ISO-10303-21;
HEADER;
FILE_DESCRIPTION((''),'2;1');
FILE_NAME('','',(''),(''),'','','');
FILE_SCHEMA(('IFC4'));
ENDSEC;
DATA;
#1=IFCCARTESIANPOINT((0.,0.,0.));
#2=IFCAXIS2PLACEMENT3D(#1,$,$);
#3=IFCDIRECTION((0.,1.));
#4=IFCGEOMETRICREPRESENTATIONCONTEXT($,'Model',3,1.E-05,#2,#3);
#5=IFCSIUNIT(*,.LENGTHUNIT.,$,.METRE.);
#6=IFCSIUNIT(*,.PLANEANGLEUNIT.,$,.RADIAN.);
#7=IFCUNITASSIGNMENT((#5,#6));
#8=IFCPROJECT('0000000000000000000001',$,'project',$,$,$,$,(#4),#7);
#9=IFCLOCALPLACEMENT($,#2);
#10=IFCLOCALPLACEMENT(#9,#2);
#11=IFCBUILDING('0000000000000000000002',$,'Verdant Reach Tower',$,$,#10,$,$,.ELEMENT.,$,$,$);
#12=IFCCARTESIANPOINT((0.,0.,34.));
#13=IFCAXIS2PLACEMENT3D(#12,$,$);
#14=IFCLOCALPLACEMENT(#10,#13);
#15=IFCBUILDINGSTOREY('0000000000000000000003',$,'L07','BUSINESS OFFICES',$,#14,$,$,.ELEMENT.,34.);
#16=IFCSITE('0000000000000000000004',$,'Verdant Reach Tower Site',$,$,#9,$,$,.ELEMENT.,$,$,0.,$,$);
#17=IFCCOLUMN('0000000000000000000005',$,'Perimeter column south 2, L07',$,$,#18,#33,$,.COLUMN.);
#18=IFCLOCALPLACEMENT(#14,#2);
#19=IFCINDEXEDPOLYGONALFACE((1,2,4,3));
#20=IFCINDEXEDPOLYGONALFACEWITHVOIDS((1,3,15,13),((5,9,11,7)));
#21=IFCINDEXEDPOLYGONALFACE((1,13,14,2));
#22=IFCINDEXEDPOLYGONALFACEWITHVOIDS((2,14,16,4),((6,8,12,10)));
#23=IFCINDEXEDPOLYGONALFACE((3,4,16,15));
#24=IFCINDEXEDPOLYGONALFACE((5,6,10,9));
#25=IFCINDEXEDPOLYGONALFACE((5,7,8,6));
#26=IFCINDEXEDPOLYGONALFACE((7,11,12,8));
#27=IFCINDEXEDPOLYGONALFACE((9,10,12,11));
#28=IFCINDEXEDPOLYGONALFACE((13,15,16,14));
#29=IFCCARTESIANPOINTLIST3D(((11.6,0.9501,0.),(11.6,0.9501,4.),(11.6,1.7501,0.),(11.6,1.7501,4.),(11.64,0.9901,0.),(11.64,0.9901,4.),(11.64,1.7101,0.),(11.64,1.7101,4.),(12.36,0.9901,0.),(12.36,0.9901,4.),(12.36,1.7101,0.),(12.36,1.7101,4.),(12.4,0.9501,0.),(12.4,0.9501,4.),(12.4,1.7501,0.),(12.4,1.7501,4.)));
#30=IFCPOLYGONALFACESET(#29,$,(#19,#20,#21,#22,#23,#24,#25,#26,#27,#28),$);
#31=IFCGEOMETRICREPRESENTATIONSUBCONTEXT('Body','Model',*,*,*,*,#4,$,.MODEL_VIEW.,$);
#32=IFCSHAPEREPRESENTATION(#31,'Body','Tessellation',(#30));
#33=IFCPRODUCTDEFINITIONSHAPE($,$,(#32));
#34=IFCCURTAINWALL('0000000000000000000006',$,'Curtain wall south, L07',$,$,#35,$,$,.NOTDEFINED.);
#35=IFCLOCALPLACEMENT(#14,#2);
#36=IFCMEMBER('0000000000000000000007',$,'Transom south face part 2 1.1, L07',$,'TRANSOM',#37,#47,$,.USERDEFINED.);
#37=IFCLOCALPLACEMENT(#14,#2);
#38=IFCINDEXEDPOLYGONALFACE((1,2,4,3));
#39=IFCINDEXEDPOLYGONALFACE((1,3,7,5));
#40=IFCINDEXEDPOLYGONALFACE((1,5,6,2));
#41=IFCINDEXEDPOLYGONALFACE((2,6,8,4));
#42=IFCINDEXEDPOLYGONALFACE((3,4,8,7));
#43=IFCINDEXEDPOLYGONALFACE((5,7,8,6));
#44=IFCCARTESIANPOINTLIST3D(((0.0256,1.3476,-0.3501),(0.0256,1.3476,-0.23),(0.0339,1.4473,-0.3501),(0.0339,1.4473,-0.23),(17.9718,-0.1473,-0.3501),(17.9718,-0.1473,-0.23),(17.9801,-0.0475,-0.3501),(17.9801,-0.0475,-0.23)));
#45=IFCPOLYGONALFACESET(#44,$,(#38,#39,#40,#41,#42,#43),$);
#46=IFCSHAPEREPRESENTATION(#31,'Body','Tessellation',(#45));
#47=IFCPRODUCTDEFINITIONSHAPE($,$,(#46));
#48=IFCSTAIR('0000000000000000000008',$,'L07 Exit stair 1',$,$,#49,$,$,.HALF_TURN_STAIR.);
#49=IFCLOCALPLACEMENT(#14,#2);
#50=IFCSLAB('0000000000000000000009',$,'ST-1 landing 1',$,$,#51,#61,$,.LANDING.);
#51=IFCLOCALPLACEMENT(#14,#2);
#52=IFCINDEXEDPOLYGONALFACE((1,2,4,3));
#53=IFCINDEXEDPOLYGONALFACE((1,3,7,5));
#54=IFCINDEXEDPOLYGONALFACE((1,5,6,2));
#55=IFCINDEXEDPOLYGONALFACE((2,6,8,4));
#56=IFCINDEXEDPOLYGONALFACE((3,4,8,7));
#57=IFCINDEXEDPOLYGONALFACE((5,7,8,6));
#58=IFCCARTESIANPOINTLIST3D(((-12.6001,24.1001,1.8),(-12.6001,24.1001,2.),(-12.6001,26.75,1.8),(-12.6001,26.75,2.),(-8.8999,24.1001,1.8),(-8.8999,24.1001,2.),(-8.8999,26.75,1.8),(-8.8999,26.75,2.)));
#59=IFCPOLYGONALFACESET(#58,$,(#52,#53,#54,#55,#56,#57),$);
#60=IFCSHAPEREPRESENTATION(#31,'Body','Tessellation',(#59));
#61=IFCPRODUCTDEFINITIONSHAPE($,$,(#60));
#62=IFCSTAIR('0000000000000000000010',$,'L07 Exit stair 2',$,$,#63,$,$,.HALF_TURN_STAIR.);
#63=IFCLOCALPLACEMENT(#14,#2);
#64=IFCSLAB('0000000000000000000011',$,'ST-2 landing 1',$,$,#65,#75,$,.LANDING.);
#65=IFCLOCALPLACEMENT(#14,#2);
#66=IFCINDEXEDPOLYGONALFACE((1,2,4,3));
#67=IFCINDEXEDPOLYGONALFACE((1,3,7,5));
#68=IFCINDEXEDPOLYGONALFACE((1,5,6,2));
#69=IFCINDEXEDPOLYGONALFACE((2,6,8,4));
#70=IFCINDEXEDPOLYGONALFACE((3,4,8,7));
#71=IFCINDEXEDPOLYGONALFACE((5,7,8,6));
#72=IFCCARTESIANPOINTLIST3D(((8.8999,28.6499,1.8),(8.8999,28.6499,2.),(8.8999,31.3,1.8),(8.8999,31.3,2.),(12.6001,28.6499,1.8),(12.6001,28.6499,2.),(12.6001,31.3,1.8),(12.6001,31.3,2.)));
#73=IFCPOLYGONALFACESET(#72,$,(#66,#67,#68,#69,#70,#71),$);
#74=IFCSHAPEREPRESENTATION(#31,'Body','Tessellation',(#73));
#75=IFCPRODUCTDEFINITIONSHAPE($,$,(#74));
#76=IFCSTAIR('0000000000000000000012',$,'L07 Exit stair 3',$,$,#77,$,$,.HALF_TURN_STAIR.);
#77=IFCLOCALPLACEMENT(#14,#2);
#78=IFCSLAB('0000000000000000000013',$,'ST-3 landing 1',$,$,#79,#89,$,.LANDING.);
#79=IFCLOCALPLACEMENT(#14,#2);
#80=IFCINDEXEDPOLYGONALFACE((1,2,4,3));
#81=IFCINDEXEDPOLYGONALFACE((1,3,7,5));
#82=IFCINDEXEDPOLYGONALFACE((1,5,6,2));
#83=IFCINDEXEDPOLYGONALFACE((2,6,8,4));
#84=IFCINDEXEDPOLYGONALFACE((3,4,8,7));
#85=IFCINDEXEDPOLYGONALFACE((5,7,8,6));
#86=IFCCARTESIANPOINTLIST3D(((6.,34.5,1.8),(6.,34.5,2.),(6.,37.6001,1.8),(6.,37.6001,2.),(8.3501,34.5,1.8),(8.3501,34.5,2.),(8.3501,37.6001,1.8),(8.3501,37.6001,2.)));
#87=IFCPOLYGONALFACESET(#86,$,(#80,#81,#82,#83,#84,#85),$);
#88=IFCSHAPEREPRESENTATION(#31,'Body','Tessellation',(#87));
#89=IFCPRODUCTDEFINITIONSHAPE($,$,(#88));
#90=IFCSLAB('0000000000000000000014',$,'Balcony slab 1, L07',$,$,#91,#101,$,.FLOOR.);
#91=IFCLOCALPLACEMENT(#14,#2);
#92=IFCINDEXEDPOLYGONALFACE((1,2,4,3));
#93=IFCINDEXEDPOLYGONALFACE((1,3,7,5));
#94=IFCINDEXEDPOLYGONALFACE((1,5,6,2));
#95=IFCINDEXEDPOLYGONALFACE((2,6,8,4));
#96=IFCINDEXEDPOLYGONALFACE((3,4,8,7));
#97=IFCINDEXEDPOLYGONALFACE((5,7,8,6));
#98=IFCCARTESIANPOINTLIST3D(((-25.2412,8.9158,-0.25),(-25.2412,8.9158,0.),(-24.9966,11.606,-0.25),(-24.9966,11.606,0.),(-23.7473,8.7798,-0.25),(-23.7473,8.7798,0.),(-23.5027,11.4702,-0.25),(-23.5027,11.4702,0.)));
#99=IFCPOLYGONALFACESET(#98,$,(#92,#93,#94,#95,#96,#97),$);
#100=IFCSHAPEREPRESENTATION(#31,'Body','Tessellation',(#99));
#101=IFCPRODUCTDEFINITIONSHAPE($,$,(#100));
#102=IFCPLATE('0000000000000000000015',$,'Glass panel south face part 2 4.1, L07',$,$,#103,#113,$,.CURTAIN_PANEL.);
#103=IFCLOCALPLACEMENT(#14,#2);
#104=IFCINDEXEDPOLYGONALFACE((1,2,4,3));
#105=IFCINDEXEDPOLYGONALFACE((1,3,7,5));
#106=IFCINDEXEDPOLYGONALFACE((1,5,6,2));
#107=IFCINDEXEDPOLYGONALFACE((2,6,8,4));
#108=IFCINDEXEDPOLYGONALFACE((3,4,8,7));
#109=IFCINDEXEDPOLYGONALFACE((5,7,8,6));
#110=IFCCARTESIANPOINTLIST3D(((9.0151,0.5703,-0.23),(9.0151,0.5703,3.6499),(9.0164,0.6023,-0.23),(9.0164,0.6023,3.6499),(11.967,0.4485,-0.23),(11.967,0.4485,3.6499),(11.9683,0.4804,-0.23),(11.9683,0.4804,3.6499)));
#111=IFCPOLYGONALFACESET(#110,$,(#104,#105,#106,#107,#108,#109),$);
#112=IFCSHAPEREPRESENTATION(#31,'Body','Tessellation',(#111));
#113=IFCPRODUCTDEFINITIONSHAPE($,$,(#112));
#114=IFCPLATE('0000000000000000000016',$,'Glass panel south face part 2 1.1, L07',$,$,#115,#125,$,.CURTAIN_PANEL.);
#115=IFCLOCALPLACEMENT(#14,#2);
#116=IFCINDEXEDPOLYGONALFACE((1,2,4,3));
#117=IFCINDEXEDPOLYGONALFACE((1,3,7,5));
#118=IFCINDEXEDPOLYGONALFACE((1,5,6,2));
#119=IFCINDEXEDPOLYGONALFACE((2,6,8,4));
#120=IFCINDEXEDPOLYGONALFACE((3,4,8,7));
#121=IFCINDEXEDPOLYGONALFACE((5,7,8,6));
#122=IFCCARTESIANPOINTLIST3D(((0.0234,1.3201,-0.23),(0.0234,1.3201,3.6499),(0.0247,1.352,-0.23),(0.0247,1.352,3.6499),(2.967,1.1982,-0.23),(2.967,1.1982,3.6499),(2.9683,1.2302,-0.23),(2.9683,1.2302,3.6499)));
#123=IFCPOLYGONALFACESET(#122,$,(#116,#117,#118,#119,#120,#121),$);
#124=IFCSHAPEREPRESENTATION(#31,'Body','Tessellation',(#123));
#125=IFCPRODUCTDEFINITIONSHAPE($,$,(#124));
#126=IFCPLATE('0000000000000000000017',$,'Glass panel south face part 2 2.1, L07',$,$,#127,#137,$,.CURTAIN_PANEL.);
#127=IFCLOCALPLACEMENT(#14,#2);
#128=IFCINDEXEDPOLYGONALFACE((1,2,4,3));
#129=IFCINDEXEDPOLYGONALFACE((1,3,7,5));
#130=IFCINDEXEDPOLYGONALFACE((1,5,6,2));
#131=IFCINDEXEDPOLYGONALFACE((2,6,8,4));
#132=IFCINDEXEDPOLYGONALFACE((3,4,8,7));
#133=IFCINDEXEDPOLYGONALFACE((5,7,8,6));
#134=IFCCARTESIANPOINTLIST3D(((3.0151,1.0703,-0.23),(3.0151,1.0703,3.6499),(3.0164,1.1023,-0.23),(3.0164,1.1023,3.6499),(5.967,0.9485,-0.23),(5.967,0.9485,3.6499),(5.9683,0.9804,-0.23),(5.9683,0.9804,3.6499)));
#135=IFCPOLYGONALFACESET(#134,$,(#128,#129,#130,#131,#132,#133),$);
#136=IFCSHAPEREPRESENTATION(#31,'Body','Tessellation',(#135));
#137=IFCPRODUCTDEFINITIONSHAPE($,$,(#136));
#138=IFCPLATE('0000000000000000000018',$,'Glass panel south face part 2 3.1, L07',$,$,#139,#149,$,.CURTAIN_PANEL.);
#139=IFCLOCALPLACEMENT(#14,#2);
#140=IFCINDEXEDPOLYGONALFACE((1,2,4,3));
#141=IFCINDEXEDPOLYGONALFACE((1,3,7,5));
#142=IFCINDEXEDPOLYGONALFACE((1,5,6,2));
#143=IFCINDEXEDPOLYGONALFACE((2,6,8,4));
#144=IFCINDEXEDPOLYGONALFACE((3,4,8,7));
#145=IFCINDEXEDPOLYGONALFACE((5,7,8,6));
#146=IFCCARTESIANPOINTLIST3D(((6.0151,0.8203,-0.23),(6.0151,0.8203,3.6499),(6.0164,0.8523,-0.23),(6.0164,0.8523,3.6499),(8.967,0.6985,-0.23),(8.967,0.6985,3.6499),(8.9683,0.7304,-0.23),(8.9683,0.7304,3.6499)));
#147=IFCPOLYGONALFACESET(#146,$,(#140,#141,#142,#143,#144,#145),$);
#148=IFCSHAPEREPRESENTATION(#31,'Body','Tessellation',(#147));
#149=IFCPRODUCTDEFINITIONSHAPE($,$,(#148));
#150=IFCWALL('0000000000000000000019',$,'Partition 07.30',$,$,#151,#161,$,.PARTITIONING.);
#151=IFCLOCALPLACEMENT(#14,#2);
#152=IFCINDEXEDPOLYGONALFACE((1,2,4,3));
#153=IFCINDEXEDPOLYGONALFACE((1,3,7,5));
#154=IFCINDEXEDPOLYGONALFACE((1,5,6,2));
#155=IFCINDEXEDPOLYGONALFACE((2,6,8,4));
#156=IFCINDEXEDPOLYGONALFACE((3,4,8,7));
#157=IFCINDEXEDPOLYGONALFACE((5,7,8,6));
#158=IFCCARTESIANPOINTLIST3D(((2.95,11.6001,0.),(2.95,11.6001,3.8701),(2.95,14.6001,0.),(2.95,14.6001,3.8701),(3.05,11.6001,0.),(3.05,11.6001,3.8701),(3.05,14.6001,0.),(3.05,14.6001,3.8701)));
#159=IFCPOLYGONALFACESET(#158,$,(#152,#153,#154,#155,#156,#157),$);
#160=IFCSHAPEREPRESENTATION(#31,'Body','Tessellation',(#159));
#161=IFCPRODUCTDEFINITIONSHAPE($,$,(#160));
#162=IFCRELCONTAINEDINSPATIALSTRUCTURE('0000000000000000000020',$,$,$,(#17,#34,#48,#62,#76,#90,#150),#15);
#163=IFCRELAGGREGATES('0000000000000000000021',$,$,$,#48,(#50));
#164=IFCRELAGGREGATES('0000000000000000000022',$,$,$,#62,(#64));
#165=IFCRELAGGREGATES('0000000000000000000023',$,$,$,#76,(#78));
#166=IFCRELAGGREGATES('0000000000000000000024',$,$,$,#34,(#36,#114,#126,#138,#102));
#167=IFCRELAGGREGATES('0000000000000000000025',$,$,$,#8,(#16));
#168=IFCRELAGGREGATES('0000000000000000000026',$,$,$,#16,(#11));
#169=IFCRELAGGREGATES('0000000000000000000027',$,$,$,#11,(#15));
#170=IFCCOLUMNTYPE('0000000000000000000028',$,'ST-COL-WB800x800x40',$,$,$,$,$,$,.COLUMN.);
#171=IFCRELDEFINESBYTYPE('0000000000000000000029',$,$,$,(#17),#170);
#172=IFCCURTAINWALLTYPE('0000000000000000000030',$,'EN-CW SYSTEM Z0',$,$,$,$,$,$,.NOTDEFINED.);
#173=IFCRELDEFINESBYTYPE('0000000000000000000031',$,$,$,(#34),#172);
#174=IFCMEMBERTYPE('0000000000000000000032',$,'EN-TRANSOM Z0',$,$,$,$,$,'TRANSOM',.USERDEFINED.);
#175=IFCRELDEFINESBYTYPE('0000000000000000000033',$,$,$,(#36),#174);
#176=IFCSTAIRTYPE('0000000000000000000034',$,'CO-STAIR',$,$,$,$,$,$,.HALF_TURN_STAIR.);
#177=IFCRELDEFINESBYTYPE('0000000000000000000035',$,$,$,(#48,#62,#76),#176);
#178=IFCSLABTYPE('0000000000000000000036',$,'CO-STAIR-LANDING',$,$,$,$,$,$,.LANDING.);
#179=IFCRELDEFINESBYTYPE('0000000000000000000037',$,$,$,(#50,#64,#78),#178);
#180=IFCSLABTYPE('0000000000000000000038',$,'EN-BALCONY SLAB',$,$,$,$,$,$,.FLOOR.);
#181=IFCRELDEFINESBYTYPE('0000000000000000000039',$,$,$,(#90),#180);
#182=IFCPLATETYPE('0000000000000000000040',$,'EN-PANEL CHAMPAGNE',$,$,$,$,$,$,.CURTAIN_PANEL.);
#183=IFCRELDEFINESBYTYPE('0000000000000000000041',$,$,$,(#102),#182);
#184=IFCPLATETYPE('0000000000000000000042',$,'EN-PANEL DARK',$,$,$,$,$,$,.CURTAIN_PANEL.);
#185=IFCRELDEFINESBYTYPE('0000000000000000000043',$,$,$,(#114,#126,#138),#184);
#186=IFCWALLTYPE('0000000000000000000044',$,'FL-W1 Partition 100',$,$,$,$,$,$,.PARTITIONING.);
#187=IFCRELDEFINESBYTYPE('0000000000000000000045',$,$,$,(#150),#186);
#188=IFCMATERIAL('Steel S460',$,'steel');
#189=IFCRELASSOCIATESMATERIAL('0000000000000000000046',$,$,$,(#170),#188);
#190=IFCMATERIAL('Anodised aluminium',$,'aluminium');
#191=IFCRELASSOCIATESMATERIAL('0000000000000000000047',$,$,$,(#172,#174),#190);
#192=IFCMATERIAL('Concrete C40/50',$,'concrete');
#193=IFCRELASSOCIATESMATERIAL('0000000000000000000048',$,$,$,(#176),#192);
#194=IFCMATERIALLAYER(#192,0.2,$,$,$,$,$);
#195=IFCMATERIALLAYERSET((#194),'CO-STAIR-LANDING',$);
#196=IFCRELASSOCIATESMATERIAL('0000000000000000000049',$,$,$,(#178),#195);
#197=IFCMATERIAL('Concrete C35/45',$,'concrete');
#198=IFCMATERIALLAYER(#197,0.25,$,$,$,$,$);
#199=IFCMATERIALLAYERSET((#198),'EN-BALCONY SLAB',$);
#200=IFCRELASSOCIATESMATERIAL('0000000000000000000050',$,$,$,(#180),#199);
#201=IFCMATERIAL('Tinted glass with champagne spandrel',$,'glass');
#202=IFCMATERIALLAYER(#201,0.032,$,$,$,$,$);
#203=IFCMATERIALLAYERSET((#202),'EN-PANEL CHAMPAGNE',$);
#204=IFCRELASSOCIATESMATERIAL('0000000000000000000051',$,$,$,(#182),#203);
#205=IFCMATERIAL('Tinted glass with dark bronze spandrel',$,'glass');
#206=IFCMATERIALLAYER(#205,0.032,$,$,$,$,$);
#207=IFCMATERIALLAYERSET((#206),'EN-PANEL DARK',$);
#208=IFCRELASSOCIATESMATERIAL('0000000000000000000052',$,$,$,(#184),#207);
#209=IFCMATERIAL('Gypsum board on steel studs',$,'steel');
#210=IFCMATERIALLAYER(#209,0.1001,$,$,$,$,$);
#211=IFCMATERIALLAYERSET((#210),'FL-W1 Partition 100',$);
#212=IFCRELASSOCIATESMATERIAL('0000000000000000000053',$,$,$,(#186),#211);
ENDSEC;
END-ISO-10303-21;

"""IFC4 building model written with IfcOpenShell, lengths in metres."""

from ifc_helpers import new_model, si_unit, direction, frame, frame_2d, origin, origin_2d, place, context, subcontext, project, spatial, polyline, rectangle, hollow_rectangle, outline, extrude, material, layer, layer_set, material_profile, profile_set, type_object, element, aggregate, save


model = new_model("IFC4")

# Units and contexts
model_context = context("Model", 3, precision=1e-05, world=origin(), true_north=direction((0.0, 1.0)))
body_context = subcontext(model_context, "Body", "Model", "MODEL_VIEW")
ifc_project = project(units=[si_unit("LENGTHUNIT", "METRE"), si_unit("PLANEANGLEUNIT", "RADIAN")], contexts=[model_context])

# Site, building, storey
site_placement = place(None, origin())
site = spatial("IfcSite", under=ifc_project, at=site_placement, Name="Verdant Reach Tower Site", CompositionType="ELEMENT", RefElevation=0.0)
building_placement = place(site_placement, origin())
building = spatial("IfcBuilding", under=site, at=building_placement, Name="Verdant Reach Tower", CompositionType="ELEMENT")
storey_placement = place(building_placement, frame((0.0, 0.0, 34.0)))
storey = spatial("IfcBuildingStorey", under=building, at=storey_placement, Name="L07", Description="BUSINESS OFFICES", CompositionType="ELEMENT", Elevation=34.0)

# Column
ifc_material_1 = material(Name="Steel S460", Category="steel")
ifc_material_profile_1 = material_profile(ifc_material_1, hollow_rectangle(XDim=0.8, YDim=0.8, WallThickness=0.04, at=origin_2d()), Name="WB 800x800x40")
ifc_profile_set_1 = profile_set([ifc_material_profile_1], Name="Steel S460")
column_type = type_object("IfcColumnType", Name="ST-COL-WB800x800x40", PredefinedType="COLUMN", material=ifc_profile_set_1)
column_placement = place(storey_placement, frame((12.0, 1.3501, 0.0), z_axis=(0.0, 0.0, 1.0), x_axis=(1.0, 0.0, 0.0)))
element("IfcColumn", 1, at=column_placement, inside=storey, type_object=column_type, Name="Perimeter column south 2, L07", PredefinedType="COLUMN", context=body_context, shape_type="SweptSolid", body=[
    extrude(hollow_rectangle(XDim=0.8, YDim=0.8, WallThickness=0.04, at=origin_2d()), origin(), (0.0, 0.0, 1.0), 4.0),
])

# Curtain wall, member
ifc_material_2 = material(Name="Anodised aluminium", Category="aluminium")
curtain_wall_type = type_object("IfcCurtainWallType", Name="EN-CW SYSTEM Z0", PredefinedType="NOTDEFINED", material=ifc_material_2)
curtain_wall_placement = place(storey_placement, origin())
curtain_wall = element("IfcCurtainWall", 2, at=curtain_wall_placement, inside=storey, type_object=curtain_wall_type, Name="Curtain wall south, L07", PredefinedType="NOTDEFINED")
ifc_material_profile_2 = material_profile(ifc_material_2, rectangle(XDim=0.1001, YDim=0.1201, at=origin_2d()), Name="Transom 120x100")
ifc_profile_set_2 = profile_set([ifc_material_profile_2], Name="Anodised aluminium")
member_type = type_object("IfcMemberType", Name="EN-TRANSOM Z0", ElementType="TRANSOM", PredefinedType="USERDEFINED", material=ifc_profile_set_2)
member_placement = place(storey_placement, frame((0.0298, 1.3975, -0.29), z_axis=(0.996549, -0.083011, 0.0), x_axis=(0.083011, 0.996549, 0.0)))
member = element("IfcMember", 3, at=member_placement, type_object=member_type, Name="Transom south face part 2 1.1, L07", ObjectType="TRANSOM", PredefinedType="USERDEFINED", context=body_context, shape_type="SweptSolid", body=[
    extrude(rectangle(XDim=0.1001, YDim=0.1201, at=origin_2d()), origin(), (0.0, 0.0, 1.0), 18.0083),
])

# Stairs, slabs
ifc_material_3 = material(Name="Concrete C40/50", Category="concrete")
stair_type = type_object("IfcStairType", Name="CO-STAIR", PredefinedType="HALF_TURN_STAIR", material=ifc_material_3)
stair_1_placement = place(storey_placement, origin())
stair_1 = element("IfcStair", 4, at=stair_1_placement, inside=storey, type_object=stair_type, Name="L07 Exit stair 1", PredefinedType="HALF_TURN_STAIR")
ifc_layer_1 = layer(ifc_material_3, 0.2)
ifc_layer_set_1 = layer_set([ifc_layer_1], Name="CO-STAIR-LANDING")
slab_type_1 = type_object("IfcSlabType", Name="CO-STAIR-LANDING", PredefinedType="LANDING", material=ifc_layer_set_1)
slab_1_placement = place(storey_placement, frame((0.0, 0.0, 1.8)))
slab_1 = element("IfcSlab", 5, at=slab_1_placement, type_object=slab_type_1, Name="ST-1 landing 1", PredefinedType="LANDING", context=body_context, shape_type="SweptSolid", body=[
    extrude(outline(polyline([(-12.6001, 26.75), (-12.6001, 24.1001), (-8.8999, 24.1001), (-8.8999, 26.75), (-12.6001, 26.75)])), origin(), (0.0, 0.0, 1.0), 0.2),
])
aggregate(stair_1, [slab_1])
stair_2_placement = place(storey_placement, origin())
stair_2 = element("IfcStair", 6, at=stair_2_placement, inside=storey, type_object=stair_type, Name="L07 Exit stair 2", PredefinedType="HALF_TURN_STAIR")
slab_2_placement = place(storey_placement, frame((0.0, 0.0, 1.8)))
slab_2 = element("IfcSlab", 7, at=slab_2_placement, type_object=slab_type_1, Name="ST-2 landing 1", PredefinedType="LANDING", context=body_context, shape_type="SweptSolid", body=[
    extrude(outline(polyline([(12.6001, 28.6499), (12.6001, 31.3), (8.8999, 31.3), (8.8999, 28.6499), (12.6001, 28.6499)])), origin(), (0.0, 0.0, 1.0), 0.2),
])
aggregate(stair_2, [slab_2])
stair_3_placement = place(storey_placement, origin())
stair_3 = element("IfcStair", 8, at=stair_3_placement, inside=storey, type_object=stair_type, Name="L07 Exit stair 3", PredefinedType="HALF_TURN_STAIR")
slab_3_placement = place(storey_placement, frame((0.0, 0.0, 1.8)))
slab_3 = element("IfcSlab", 9, at=slab_3_placement, type_object=slab_type_1, Name="ST-3 landing 1", PredefinedType="LANDING", context=body_context, shape_type="SweptSolid", body=[
    extrude(outline(polyline([(8.3501, 37.6001), (6.0, 37.6001), (6.0, 34.5), (8.3501, 34.5), (8.3501, 37.6001)])), origin(), (0.0, 0.0, 1.0), 0.2),
])
aggregate(stair_3, [slab_3])

# Slab
ifc_material_4 = material(Name="Concrete C35/45", Category="concrete")
ifc_layer_2 = layer(ifc_material_4, 0.25)
ifc_layer_set_2 = layer_set([ifc_layer_2], Name="EN-BALCONY SLAB")
slab_type_2 = type_object("IfcSlabType", Name="EN-BALCONY SLAB", PredefinedType="FLOOR", material=ifc_layer_set_2)
slab_4_placement = place(storey_placement, frame((0.0, 0.0, -0.25)))
element("IfcSlab", 10, at=slab_4_placement, inside=storey, type_object=slab_type_2, Name="Balcony slab 1, L07", PredefinedType="FLOOR", context=body_context, shape_type="SweptSolid", body=[
    extrude(outline(polyline([(-23.5027, 11.4702), (-23.7473, 8.7798), (-25.2412, 8.9158), (-24.9966, 11.606), (-23.5027, 11.4702)])), origin(), (0.0, 0.0, 1.0), 0.25),
])

# Plates
ifc_material_5 = material(Name="Tinted glass with champagne spandrel", Category="glass")
ifc_layer_3 = layer(ifc_material_5, 0.032)
ifc_layer_set_3 = layer_set([ifc_layer_3], Name="EN-PANEL CHAMPAGNE")
plate_type_1 = type_object("IfcPlateType", Name="EN-PANEL CHAMPAGNE", PredefinedType="CURTAIN_PANEL", material=ifc_layer_set_3)
plate_1_placement = place(storey_placement, frame((10.4917, 0.5254, -0.23), z_axis=(0.0, 0.0, 1.0), x_axis=(0.999149, -0.041242, 0.0)))
plate_1 = element("IfcPlate", 11, at=plate_1_placement, type_object=plate_type_1, Name="Glass panel south face part 2 4.1, L07", PredefinedType="CURTAIN_PANEL", context=body_context, shape_type="SweptSolid", body=[
    extrude(rectangle(XDim=2.9543, YDim=0.032, at=origin_2d()), origin(), (0.0, 0.0, 1.0), 3.8799),
])
ifc_material_6 = material(Name="Tinted glass with dark bronze spandrel", Category="glass")
ifc_layer_4 = layer(ifc_material_6, 0.032)
ifc_layer_set_4 = layer_set([ifc_layer_4], Name="EN-PANEL DARK")
plate_type_2 = type_object("IfcPlateType", Name="EN-PANEL DARK", PredefinedType="CURTAIN_PANEL", material=ifc_layer_set_4)
plate_2_placement = place(storey_placement, frame((1.4958, 1.2751, -0.23), z_axis=(0.0, 0.0, 1.0), x_axis=(0.999144, -0.041357, 0.0)))
plate_2 = element("IfcPlate", 12, at=plate_2_placement, type_object=plate_type_2, Name="Glass panel south face part 2 1.1, L07", PredefinedType="CURTAIN_PANEL", context=body_context, shape_type="SweptSolid", body=[
    extrude(rectangle(XDim=2.946, YDim=0.032, at=origin_2d()), origin(), (0.0, 0.0, 1.0), 3.8799),
])
plate_3_placement = place(storey_placement, frame((4.4917, 1.0254, -0.23), z_axis=(0.0, 0.0, 1.0), x_axis=(0.999149, -0.041242, 0.0)))
plate_3 = element("IfcPlate", 13, at=plate_3_placement, type_object=plate_type_2, Name="Glass panel south face part 2 2.1, L07", PredefinedType="CURTAIN_PANEL", context=body_context, shape_type="SweptSolid", body=[
    extrude(rectangle(XDim=2.9543, YDim=0.032, at=origin_2d()), origin(), (0.0, 0.0, 1.0), 3.8799),
])
plate_4_placement = place(storey_placement, frame((7.4917, 0.7754, -0.23), z_axis=(0.0, 0.0, 1.0), x_axis=(0.999149, -0.041242, 0.0)))
plate_4 = element("IfcPlate", 14, at=plate_4_placement, type_object=plate_type_2, Name="Glass panel south face part 2 3.1, L07", PredefinedType="CURTAIN_PANEL", context=body_context, shape_type="SweptSolid", body=[
    extrude(rectangle(XDim=2.9543, YDim=0.032, at=origin_2d()), origin(), (0.0, 0.0, 1.0), 3.8799),
])
aggregate(curtain_wall, [member, plate_2, plate_3, plate_4, plate_1])

# Wall
ifc_material_7 = material(Name="Gypsum board on steel studs", Category="steel")
ifc_layer_5 = layer(ifc_material_7, 0.1001)
ifc_layer_set_5 = layer_set([ifc_layer_5], Name="FL-W1 Partition 100")
wall_type = type_object("IfcWallType", Name="FL-W1 Partition 100", PredefinedType="PARTITIONING", material=ifc_layer_set_5)
wall_1_placement = place(storey_placement, frame((3.0, 11.6001, 0.0), z_axis=(0.0, 0.0, 1.0), x_axis=(0.0, 1.0, 0.0)))
element("IfcWall", 15, at=wall_1_placement, inside=storey, type_object=wall_type, Name="Partition 07.30", PredefinedType="PARTITIONING", context=body_context, shape_type="SweptSolid", body=[
    extrude(rectangle(XDim=3.0, YDim=0.1001, at=frame_2d((1.5, 0.0))), origin(), (0.0, 0.0, 1.0), 3.8701),
])

save(model, "model.ifc")
